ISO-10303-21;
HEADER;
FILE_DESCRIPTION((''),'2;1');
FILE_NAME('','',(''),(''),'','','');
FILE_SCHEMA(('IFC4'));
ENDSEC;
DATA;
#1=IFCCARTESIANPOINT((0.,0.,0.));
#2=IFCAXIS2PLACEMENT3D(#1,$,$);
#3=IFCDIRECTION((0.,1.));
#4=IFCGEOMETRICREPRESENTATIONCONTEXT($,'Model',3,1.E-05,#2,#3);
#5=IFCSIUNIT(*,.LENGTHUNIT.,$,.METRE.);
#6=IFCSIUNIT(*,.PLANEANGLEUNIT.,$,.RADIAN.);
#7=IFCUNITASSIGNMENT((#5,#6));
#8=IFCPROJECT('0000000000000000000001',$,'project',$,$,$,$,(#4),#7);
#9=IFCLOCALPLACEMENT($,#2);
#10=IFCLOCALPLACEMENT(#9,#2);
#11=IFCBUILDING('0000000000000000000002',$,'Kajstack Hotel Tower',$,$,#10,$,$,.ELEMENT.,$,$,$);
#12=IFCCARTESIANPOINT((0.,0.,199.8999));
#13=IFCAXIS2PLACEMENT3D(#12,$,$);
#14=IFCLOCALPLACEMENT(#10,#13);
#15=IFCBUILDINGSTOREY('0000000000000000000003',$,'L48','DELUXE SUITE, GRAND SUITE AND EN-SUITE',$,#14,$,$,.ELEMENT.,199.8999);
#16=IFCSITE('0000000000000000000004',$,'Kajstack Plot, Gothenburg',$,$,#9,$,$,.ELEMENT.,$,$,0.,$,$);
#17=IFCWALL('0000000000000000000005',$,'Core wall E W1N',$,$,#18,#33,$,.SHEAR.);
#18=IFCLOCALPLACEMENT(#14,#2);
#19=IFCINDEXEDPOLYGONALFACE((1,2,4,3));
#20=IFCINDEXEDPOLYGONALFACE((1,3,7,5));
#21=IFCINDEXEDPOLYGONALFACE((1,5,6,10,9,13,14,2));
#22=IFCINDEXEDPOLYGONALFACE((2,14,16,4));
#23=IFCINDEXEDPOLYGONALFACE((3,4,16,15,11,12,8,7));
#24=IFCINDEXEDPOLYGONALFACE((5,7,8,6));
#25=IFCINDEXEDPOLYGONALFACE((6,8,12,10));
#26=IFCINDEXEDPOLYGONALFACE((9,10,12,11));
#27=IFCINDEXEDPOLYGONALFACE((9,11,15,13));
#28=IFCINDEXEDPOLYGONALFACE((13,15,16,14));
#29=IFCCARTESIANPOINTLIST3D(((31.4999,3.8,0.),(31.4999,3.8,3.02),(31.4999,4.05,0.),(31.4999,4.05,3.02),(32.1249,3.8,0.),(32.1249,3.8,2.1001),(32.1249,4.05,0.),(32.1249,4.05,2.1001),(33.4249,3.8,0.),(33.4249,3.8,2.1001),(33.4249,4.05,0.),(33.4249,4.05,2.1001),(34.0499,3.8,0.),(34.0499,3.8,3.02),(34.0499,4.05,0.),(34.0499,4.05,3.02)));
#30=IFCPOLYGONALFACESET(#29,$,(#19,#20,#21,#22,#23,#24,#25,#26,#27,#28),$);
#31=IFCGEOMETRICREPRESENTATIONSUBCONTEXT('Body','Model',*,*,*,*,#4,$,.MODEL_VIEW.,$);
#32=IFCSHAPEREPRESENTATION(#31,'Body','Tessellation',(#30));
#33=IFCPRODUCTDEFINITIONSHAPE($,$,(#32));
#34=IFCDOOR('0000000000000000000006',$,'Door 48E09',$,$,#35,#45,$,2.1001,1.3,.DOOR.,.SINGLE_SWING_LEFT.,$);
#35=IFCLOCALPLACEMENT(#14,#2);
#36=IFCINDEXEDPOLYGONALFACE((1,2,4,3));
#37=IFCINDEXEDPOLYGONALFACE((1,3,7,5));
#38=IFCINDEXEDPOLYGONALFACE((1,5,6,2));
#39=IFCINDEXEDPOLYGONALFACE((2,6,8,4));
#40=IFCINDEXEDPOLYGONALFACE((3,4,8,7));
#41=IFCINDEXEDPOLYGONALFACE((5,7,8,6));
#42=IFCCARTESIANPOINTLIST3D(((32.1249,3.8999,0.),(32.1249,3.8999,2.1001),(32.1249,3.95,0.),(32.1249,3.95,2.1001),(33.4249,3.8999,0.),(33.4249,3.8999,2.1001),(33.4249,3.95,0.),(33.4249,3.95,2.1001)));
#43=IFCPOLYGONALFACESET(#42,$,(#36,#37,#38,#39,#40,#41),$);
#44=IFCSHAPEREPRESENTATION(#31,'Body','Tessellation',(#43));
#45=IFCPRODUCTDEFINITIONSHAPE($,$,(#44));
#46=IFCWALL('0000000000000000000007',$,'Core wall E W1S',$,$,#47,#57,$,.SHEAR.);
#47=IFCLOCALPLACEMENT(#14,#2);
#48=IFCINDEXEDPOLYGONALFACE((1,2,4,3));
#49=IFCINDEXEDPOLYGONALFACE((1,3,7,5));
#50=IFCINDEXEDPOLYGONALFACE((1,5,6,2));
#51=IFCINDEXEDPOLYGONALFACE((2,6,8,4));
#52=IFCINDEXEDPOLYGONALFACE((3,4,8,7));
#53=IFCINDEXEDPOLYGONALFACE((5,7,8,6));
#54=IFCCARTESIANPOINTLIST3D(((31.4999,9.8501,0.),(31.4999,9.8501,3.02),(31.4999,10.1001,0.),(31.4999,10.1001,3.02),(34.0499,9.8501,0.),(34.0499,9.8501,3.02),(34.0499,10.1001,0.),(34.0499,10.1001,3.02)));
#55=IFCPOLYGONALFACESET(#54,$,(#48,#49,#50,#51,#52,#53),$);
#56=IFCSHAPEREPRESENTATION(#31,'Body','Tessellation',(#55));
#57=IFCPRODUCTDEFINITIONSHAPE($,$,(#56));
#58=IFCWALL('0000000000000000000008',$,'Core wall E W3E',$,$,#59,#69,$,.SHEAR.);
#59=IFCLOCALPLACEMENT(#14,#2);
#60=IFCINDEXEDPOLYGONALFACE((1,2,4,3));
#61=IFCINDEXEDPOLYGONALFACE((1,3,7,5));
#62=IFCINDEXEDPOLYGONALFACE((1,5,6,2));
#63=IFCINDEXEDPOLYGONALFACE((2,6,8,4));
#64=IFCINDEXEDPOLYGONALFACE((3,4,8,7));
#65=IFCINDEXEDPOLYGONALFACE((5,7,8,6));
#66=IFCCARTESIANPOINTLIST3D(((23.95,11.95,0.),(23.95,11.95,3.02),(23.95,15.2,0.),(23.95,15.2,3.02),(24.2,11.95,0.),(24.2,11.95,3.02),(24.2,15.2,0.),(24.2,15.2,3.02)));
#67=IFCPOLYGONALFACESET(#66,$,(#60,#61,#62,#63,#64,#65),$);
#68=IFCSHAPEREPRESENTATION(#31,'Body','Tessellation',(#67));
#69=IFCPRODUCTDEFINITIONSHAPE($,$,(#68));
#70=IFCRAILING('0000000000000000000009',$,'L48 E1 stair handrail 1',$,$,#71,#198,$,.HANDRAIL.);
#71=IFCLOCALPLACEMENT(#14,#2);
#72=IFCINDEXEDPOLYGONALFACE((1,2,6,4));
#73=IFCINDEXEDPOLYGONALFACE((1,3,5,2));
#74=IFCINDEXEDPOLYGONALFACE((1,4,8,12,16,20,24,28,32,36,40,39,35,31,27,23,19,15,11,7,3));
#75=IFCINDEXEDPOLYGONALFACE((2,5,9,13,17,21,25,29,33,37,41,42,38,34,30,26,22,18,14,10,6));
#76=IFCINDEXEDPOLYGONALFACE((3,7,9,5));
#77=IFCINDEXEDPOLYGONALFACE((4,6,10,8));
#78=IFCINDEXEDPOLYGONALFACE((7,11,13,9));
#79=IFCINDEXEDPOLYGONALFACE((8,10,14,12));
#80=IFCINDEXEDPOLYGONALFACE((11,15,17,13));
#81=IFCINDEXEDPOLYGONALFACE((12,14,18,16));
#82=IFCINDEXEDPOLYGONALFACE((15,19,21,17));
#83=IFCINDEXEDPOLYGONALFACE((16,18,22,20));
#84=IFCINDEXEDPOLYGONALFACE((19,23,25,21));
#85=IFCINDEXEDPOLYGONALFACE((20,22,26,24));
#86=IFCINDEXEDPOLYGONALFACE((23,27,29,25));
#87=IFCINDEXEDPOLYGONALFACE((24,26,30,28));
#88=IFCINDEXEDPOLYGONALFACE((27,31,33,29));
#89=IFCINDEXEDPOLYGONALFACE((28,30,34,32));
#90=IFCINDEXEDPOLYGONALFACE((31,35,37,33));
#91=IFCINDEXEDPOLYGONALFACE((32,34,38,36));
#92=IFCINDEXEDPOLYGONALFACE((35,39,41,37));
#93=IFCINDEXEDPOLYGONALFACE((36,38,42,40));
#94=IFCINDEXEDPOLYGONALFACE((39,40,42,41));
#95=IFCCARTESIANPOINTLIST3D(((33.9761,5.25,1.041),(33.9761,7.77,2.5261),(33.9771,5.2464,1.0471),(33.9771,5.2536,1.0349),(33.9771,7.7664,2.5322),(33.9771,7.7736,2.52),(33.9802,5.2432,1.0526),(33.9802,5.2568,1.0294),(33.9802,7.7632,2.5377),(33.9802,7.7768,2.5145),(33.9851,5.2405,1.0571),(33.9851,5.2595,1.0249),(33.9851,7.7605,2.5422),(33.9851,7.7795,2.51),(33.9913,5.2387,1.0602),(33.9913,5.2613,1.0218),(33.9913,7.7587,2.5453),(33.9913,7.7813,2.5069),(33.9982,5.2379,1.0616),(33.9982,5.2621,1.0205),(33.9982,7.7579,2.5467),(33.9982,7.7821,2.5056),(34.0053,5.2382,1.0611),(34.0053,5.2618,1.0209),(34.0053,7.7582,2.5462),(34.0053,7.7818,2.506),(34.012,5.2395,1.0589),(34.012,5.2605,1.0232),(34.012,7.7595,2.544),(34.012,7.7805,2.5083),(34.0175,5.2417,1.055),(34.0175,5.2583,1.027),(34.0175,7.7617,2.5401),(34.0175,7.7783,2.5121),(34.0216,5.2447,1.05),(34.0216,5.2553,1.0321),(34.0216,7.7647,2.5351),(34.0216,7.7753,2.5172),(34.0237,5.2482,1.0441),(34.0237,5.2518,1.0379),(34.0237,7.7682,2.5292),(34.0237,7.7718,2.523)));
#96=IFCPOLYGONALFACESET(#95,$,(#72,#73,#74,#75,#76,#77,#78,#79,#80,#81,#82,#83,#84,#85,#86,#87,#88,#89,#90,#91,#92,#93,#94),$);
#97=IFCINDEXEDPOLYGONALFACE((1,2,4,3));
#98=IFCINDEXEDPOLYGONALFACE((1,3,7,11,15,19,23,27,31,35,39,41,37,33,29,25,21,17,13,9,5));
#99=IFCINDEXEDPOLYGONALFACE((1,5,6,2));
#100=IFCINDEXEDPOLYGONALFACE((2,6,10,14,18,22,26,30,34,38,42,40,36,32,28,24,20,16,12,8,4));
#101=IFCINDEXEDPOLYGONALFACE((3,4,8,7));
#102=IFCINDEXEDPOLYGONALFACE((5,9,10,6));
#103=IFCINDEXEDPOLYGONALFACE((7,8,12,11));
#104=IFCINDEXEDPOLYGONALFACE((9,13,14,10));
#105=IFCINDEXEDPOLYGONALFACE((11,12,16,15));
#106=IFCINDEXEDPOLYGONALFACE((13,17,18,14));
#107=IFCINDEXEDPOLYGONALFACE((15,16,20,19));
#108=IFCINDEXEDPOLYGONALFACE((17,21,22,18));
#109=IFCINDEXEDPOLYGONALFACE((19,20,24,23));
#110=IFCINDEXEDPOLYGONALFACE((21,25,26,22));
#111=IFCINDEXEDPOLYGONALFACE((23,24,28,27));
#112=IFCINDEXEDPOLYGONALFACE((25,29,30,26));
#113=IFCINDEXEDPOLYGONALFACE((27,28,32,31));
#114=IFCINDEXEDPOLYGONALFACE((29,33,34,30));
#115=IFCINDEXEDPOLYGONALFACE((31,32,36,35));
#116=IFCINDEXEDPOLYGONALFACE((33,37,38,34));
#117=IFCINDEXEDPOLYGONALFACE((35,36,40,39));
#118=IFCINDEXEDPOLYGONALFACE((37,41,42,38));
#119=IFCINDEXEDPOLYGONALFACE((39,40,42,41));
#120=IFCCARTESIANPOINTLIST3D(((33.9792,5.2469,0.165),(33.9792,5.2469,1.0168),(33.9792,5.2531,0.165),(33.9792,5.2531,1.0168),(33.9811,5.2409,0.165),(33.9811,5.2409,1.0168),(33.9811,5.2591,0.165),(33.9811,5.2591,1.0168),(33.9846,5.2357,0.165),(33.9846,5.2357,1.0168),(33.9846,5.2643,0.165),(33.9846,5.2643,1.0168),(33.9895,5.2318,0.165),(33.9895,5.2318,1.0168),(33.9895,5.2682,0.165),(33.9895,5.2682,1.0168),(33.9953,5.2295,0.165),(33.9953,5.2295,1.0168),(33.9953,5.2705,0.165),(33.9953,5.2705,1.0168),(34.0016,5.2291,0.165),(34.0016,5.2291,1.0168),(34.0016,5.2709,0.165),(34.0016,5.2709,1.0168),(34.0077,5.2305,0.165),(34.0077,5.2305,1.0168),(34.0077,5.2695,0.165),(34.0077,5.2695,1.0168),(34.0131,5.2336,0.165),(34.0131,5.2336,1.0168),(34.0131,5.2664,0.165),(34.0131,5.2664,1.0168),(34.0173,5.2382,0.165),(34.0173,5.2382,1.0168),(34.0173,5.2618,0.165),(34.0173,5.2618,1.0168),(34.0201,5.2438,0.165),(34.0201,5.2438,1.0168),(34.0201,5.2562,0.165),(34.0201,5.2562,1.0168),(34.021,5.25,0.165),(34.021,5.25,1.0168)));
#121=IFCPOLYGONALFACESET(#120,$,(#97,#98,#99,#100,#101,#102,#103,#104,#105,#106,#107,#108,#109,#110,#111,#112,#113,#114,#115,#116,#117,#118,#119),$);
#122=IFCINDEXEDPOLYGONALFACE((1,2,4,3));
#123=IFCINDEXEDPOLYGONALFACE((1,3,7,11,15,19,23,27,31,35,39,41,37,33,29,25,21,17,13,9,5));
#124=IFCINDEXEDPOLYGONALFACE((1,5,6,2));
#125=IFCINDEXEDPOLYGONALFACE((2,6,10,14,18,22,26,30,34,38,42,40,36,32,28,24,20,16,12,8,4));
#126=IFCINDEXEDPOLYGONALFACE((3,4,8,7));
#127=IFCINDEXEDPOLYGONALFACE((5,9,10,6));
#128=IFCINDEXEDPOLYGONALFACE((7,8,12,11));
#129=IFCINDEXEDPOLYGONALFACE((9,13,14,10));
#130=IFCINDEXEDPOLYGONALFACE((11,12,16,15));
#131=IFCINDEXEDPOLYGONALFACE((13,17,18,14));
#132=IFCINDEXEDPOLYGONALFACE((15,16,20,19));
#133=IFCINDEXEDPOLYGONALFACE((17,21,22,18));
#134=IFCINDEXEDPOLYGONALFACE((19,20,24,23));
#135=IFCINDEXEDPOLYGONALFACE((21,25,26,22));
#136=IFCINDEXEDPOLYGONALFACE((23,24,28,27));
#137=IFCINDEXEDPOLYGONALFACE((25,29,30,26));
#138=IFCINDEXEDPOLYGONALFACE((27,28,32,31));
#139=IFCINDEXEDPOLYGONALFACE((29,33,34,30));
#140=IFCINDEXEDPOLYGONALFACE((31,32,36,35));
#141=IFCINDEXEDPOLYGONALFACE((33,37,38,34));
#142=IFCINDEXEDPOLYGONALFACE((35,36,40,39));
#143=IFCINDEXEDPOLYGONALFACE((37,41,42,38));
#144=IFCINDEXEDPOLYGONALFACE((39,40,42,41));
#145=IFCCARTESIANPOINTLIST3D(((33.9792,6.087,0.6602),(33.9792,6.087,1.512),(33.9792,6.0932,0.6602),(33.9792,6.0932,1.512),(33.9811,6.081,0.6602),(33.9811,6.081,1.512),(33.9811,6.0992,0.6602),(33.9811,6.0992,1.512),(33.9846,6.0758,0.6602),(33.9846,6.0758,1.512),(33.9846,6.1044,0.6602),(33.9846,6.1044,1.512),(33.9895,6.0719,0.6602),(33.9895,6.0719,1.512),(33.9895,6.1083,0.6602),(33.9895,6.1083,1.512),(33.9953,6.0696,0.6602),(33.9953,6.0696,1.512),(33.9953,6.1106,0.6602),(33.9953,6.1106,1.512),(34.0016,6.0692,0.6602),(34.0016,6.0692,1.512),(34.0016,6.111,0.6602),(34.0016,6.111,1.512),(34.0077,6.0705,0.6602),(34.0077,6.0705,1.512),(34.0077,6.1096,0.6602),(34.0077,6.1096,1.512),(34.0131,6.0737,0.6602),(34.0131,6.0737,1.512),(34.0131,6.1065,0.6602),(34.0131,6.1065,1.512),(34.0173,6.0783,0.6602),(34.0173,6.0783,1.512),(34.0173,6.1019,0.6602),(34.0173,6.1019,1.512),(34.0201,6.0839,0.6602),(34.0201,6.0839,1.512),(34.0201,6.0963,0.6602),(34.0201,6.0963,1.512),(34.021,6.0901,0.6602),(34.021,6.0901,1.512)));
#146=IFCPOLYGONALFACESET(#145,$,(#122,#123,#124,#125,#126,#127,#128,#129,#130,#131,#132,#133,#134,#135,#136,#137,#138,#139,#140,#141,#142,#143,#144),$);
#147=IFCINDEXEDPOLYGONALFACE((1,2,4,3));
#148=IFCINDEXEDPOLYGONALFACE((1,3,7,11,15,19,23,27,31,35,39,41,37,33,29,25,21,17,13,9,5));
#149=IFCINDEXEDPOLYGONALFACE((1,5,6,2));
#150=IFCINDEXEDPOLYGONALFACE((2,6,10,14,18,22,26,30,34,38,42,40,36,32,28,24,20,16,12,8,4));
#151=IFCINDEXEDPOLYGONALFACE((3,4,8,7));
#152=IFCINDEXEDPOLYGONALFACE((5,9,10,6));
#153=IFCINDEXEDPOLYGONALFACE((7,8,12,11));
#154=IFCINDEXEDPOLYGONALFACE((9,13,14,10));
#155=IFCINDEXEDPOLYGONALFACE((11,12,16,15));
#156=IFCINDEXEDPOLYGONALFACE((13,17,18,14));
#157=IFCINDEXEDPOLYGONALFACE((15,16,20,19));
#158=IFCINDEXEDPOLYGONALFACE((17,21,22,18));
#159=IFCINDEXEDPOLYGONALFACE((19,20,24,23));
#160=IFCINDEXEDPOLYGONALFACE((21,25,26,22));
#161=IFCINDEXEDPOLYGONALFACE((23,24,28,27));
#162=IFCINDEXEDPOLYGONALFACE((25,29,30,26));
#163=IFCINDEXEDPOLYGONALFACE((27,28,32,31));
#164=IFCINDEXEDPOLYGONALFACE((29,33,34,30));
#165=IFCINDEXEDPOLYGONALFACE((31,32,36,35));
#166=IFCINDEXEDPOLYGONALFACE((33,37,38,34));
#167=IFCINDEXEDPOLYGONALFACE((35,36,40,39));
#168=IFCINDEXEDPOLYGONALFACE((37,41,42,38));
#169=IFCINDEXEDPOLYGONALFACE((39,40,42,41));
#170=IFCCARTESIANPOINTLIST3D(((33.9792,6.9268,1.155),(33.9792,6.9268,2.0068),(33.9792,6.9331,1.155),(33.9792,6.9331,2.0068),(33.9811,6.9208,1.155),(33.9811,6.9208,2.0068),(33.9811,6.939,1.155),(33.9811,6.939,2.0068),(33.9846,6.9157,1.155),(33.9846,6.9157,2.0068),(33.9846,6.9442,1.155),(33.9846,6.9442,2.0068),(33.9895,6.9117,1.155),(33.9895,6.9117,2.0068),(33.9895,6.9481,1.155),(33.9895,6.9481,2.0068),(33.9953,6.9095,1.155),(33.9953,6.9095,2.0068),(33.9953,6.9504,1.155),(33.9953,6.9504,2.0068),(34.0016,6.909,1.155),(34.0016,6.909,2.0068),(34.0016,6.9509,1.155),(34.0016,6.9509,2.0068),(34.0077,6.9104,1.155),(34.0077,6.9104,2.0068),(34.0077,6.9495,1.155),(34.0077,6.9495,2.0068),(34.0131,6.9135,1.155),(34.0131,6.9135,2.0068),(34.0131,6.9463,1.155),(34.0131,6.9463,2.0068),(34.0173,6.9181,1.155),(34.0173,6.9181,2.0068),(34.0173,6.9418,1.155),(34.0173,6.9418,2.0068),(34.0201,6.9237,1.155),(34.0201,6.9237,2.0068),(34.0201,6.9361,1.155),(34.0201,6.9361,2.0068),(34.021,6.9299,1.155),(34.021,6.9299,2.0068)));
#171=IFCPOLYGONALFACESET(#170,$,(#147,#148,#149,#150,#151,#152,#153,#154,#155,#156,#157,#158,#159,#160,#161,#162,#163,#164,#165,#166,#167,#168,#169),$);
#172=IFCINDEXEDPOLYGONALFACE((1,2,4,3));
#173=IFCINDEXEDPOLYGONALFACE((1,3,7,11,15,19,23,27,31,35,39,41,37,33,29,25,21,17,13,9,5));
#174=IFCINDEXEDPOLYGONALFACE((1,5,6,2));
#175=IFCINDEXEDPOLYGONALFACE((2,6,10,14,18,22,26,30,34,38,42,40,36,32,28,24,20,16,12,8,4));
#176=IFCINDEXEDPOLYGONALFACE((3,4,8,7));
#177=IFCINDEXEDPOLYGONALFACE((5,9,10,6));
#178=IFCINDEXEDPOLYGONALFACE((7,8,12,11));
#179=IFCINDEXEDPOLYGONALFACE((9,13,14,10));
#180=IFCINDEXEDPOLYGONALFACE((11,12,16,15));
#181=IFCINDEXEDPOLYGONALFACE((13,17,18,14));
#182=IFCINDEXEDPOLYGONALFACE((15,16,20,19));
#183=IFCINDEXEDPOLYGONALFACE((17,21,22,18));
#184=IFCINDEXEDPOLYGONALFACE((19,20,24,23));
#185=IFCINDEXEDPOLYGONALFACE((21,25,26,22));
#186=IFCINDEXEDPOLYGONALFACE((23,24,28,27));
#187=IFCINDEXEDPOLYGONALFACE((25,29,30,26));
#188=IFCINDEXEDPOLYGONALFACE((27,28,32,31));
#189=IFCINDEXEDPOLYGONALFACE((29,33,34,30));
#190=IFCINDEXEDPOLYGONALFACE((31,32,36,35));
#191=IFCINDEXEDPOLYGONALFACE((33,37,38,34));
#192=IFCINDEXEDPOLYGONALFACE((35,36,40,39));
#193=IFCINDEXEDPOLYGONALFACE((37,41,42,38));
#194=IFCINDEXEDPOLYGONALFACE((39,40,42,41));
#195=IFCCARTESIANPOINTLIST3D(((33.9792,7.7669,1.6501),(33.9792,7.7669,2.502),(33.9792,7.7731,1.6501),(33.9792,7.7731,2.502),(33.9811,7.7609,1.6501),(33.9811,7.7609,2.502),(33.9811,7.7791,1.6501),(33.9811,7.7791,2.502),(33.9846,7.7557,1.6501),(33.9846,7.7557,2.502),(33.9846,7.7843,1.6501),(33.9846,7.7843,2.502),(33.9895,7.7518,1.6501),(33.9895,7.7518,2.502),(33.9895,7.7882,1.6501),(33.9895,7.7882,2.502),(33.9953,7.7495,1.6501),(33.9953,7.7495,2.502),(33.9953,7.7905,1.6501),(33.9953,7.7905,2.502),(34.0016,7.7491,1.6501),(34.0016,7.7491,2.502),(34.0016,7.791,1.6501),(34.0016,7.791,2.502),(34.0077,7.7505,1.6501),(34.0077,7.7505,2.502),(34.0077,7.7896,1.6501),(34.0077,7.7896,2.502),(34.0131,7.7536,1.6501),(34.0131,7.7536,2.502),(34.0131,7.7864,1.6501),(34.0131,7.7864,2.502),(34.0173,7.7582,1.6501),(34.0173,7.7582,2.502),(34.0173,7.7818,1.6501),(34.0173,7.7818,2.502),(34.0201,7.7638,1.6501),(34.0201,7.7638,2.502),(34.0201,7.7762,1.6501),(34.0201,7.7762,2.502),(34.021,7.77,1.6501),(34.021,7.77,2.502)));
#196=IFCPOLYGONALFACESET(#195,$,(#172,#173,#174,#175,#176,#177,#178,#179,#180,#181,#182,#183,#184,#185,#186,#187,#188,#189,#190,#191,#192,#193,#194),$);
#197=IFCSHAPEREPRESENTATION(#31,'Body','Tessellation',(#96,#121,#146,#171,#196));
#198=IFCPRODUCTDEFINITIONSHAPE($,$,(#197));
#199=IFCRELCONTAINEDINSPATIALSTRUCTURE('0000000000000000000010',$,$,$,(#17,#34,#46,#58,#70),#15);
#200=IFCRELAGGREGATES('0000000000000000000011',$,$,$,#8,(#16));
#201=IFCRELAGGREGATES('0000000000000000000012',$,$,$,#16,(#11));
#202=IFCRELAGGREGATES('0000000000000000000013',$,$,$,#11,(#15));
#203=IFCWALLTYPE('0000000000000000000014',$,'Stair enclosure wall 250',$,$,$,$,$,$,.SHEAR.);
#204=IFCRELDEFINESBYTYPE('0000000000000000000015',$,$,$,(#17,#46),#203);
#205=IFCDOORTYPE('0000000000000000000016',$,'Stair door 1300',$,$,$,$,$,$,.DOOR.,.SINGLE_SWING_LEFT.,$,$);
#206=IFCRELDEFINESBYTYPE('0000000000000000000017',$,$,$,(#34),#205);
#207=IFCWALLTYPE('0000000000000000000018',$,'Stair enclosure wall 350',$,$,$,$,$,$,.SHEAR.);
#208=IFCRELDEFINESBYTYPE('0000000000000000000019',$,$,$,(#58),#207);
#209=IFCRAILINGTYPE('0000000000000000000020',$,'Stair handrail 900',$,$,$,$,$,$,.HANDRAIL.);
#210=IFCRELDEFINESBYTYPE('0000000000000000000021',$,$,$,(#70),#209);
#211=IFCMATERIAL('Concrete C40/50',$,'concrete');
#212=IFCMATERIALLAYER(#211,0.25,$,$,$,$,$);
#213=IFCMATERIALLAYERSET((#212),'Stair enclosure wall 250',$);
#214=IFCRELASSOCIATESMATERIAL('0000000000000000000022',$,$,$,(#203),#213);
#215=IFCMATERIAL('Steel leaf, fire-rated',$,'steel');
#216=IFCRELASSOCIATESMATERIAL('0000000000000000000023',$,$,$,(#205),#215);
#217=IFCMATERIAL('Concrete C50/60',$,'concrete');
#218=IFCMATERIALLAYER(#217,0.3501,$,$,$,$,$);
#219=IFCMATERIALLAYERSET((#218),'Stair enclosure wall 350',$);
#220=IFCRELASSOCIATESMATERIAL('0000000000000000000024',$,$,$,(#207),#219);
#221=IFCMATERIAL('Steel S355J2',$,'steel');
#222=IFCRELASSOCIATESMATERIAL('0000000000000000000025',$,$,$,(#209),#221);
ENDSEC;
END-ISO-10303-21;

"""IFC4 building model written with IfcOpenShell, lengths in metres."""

from ifc_helpers import new_model, si_unit, direction, frame, frame_2d, origin, origin_2d, place, context, subcontext, project, spatial, rectangle, circle, extrude, material, layer, layer_set, type_object, element, fill, save


model = new_model("IFC4")

# Units and contexts
model_context = context("Model", 3, precision=1e-05, world=origin(), true_north=direction((0.0, 1.0)))
body_context = subcontext(model_context, "Body", "Model", "MODEL_VIEW")
ifc_project = project(units=[si_unit("LENGTHUNIT", "METRE"), si_unit("PLANEANGLEUNIT", "RADIAN")], contexts=[model_context])

# Site, building, storey
site_placement = place(None, origin())
site = spatial("IfcSite", under=ifc_project, at=site_placement, Name="Kajstack Plot, Gothenburg", CompositionType="ELEMENT", RefElevation=0.0)
building_placement = place(site_placement, origin())
building = spatial("IfcBuilding", under=site, at=building_placement, Name="Kajstack Hotel Tower", CompositionType="ELEMENT")
storey_placement = place(building_placement, frame((0.0, 0.0, 199.8999)))
storey = spatial("IfcBuildingStorey", under=building, at=storey_placement, Name="L48", Description="DELUXE SUITE, GRAND SUITE AND EN-SUITE", CompositionType="ELEMENT", Elevation=199.8999)

# Shared definitions
ifc_material_1 = material(Name="Concrete C40/50", Category="concrete")
ifc_material_2 = material(Name="Concrete C50/60", Category="concrete")

# Wall, opening, door
ifc_layer_1 = layer(ifc_material_1, 0.25)
ifc_layer_set_1 = layer_set([ifc_layer_1], Name="Stair enclosure wall 250")
wall_type_1 = type_object("IfcWallType", Name="Stair enclosure wall 250", PredefinedType="SHEAR", material=ifc_layer_set_1)
wall_1_placement = place(storey_placement, frame((31.5, 3.925, 0.0), z_axis=(0.0, 0.0, 1.0), x_axis=(1.0, 0.0, 0.0)))
wall_1 = element("IfcWall", 1, at=wall_1_placement, inside=storey, type_object=wall_type_1, Name="Core wall E W1N", PredefinedType="SHEAR", context=body_context, shape_type="SweptSolid", body=[
    extrude(rectangle(XDim=2.55, YDim=0.25, at=frame_2d((1.2749, 0.0))), origin(), (0.0, 0.0, 1.0), 3.02),
])
opening_1_placement = place(wall_1_placement, frame((0.625, 0.0, 0.0)))
opening_1 = element("IfcOpeningElement", 2, at=opening_1_placement, cuts=wall_1, PredefinedType="OPENING", context=body_context, shape_type="SweptSolid", body=[
    extrude(rectangle(XDim=1.3, YDim=2.1001, at=frame_2d((0.6499, 1.05))), frame((0.0, 0.135, 0.0), z_axis=(0.0, -1.0, 0.0), x_axis=(1.0, 0.0, 0.0)), (0.0, 0.0, 1.0), 0.27),
])
ifc_material_3 = material(Name="Steel leaf, fire-rated", Category="steel")
door_type_1 = type_object("IfcDoorType", Name="Stair door 1300", OperationType="SINGLE_SWING_LEFT", PredefinedType="DOOR", material=ifc_material_3)
door_1_placement = place(opening_1_placement, origin())
door_1 = element("IfcDoor", 3, at=door_1_placement, inside=storey, type_object=door_type_1, Name="Door 48E09", OperationType="SINGLE_SWING_LEFT", OverallHeight=2.1001, OverallWidth=1.3, PredefinedType="DOOR", context=body_context, shape_type="SweptSolid", body=[
    extrude(rectangle(XDim=1.3, YDim=2.1001, at=frame_2d((0.6499, 1.05))), frame((0.0, 0.0249, 0.0), z_axis=(0.0, -1.0, 0.0), x_axis=(1.0, 0.0, 0.0)), (0.0, 0.0, 1.0), 0.05),
])
fill(opening_1, door_1)

# Walls
wall_2_placement = place(storey_placement, frame((31.5, 9.9751, 0.0), z_axis=(0.0, 0.0, 1.0), x_axis=(1.0, 0.0, 0.0)))
element("IfcWall", 4, at=wall_2_placement, inside=storey, type_object=wall_type_1, Name="Core wall E W1S", PredefinedType="SHEAR", context=body_context, shape_type="SweptSolid", body=[
    extrude(rectangle(XDim=2.55, YDim=0.25, at=frame_2d((1.2749, 0.0))), origin(), (0.0, 0.0, 1.0), 3.02),
])
ifc_layer_2 = layer(ifc_material_2, 0.3501)
ifc_layer_set_2 = layer_set([ifc_layer_2], Name="Stair enclosure wall 350")
wall_type_2 = type_object("IfcWallType", Name="Stair enclosure wall 350", PredefinedType="SHEAR", material=ifc_layer_set_2)
wall_3_placement = place(storey_placement, frame((24.075, 11.95, 0.0), z_axis=(0.0, 0.0, 1.0), x_axis=(0.0, 1.0, 0.0)))
element("IfcWall", 5, at=wall_3_placement, inside=storey, type_object=wall_type_2, Name="Core wall E W3E", PredefinedType="SHEAR", context=body_context, shape_type="SweptSolid", body=[
    extrude(rectangle(XDim=3.25, YDim=0.25, at=frame_2d((1.625, 0.0))), origin(), (0.0, 0.0, 1.0), 3.02),
])

# Railing
ifc_material_4 = material(Name="Steel S355J2", Category="steel")
railing_type_1 = type_object("IfcRailingType", Name="Stair handrail 900", PredefinedType="HANDRAIL", material=ifc_material_4)
railing_1_placement = place(storey_placement, frame((34.0, 5.25, 0.165)))
element("IfcRailing", 6, at=railing_1_placement, inside=storey, type_object=railing_type_1, Name="L48 E1 stair handrail 1", PredefinedType="HANDRAIL", context=body_context, shape_type="SweptSolid", body=[
    extrude(circle(Radius=0.0239, at=origin_2d()), frame((0.0, 0.0, 0.876), z_axis=(0.0, 0.861524, 0.507717), x_axis=(-1.0, 0.0, 0.0)), (0.0, 0.0, 1.0), 2.925),
    extrude(circle(Radius=0.021, at=origin_2d()), origin(), (0.0, 0.0, 1.0), 0.8518),
    extrude(circle(Radius=0.021, at=origin_2d()), frame((0.0, 0.8401, 0.4951)), (0.0, 0.0, 1.0), 0.8518),
    extrude(circle(Radius=0.021, at=origin_2d()), frame((0.0, 1.6799, 0.99)), (0.0, 0.0, 1.0), 0.8518),
    extrude(circle(Radius=0.021, at=origin_2d()), frame((0.0, 2.52, 1.4851)), (0.0, 0.0, 1.0), 0.8518),
])

save(model, "model.ifc")
